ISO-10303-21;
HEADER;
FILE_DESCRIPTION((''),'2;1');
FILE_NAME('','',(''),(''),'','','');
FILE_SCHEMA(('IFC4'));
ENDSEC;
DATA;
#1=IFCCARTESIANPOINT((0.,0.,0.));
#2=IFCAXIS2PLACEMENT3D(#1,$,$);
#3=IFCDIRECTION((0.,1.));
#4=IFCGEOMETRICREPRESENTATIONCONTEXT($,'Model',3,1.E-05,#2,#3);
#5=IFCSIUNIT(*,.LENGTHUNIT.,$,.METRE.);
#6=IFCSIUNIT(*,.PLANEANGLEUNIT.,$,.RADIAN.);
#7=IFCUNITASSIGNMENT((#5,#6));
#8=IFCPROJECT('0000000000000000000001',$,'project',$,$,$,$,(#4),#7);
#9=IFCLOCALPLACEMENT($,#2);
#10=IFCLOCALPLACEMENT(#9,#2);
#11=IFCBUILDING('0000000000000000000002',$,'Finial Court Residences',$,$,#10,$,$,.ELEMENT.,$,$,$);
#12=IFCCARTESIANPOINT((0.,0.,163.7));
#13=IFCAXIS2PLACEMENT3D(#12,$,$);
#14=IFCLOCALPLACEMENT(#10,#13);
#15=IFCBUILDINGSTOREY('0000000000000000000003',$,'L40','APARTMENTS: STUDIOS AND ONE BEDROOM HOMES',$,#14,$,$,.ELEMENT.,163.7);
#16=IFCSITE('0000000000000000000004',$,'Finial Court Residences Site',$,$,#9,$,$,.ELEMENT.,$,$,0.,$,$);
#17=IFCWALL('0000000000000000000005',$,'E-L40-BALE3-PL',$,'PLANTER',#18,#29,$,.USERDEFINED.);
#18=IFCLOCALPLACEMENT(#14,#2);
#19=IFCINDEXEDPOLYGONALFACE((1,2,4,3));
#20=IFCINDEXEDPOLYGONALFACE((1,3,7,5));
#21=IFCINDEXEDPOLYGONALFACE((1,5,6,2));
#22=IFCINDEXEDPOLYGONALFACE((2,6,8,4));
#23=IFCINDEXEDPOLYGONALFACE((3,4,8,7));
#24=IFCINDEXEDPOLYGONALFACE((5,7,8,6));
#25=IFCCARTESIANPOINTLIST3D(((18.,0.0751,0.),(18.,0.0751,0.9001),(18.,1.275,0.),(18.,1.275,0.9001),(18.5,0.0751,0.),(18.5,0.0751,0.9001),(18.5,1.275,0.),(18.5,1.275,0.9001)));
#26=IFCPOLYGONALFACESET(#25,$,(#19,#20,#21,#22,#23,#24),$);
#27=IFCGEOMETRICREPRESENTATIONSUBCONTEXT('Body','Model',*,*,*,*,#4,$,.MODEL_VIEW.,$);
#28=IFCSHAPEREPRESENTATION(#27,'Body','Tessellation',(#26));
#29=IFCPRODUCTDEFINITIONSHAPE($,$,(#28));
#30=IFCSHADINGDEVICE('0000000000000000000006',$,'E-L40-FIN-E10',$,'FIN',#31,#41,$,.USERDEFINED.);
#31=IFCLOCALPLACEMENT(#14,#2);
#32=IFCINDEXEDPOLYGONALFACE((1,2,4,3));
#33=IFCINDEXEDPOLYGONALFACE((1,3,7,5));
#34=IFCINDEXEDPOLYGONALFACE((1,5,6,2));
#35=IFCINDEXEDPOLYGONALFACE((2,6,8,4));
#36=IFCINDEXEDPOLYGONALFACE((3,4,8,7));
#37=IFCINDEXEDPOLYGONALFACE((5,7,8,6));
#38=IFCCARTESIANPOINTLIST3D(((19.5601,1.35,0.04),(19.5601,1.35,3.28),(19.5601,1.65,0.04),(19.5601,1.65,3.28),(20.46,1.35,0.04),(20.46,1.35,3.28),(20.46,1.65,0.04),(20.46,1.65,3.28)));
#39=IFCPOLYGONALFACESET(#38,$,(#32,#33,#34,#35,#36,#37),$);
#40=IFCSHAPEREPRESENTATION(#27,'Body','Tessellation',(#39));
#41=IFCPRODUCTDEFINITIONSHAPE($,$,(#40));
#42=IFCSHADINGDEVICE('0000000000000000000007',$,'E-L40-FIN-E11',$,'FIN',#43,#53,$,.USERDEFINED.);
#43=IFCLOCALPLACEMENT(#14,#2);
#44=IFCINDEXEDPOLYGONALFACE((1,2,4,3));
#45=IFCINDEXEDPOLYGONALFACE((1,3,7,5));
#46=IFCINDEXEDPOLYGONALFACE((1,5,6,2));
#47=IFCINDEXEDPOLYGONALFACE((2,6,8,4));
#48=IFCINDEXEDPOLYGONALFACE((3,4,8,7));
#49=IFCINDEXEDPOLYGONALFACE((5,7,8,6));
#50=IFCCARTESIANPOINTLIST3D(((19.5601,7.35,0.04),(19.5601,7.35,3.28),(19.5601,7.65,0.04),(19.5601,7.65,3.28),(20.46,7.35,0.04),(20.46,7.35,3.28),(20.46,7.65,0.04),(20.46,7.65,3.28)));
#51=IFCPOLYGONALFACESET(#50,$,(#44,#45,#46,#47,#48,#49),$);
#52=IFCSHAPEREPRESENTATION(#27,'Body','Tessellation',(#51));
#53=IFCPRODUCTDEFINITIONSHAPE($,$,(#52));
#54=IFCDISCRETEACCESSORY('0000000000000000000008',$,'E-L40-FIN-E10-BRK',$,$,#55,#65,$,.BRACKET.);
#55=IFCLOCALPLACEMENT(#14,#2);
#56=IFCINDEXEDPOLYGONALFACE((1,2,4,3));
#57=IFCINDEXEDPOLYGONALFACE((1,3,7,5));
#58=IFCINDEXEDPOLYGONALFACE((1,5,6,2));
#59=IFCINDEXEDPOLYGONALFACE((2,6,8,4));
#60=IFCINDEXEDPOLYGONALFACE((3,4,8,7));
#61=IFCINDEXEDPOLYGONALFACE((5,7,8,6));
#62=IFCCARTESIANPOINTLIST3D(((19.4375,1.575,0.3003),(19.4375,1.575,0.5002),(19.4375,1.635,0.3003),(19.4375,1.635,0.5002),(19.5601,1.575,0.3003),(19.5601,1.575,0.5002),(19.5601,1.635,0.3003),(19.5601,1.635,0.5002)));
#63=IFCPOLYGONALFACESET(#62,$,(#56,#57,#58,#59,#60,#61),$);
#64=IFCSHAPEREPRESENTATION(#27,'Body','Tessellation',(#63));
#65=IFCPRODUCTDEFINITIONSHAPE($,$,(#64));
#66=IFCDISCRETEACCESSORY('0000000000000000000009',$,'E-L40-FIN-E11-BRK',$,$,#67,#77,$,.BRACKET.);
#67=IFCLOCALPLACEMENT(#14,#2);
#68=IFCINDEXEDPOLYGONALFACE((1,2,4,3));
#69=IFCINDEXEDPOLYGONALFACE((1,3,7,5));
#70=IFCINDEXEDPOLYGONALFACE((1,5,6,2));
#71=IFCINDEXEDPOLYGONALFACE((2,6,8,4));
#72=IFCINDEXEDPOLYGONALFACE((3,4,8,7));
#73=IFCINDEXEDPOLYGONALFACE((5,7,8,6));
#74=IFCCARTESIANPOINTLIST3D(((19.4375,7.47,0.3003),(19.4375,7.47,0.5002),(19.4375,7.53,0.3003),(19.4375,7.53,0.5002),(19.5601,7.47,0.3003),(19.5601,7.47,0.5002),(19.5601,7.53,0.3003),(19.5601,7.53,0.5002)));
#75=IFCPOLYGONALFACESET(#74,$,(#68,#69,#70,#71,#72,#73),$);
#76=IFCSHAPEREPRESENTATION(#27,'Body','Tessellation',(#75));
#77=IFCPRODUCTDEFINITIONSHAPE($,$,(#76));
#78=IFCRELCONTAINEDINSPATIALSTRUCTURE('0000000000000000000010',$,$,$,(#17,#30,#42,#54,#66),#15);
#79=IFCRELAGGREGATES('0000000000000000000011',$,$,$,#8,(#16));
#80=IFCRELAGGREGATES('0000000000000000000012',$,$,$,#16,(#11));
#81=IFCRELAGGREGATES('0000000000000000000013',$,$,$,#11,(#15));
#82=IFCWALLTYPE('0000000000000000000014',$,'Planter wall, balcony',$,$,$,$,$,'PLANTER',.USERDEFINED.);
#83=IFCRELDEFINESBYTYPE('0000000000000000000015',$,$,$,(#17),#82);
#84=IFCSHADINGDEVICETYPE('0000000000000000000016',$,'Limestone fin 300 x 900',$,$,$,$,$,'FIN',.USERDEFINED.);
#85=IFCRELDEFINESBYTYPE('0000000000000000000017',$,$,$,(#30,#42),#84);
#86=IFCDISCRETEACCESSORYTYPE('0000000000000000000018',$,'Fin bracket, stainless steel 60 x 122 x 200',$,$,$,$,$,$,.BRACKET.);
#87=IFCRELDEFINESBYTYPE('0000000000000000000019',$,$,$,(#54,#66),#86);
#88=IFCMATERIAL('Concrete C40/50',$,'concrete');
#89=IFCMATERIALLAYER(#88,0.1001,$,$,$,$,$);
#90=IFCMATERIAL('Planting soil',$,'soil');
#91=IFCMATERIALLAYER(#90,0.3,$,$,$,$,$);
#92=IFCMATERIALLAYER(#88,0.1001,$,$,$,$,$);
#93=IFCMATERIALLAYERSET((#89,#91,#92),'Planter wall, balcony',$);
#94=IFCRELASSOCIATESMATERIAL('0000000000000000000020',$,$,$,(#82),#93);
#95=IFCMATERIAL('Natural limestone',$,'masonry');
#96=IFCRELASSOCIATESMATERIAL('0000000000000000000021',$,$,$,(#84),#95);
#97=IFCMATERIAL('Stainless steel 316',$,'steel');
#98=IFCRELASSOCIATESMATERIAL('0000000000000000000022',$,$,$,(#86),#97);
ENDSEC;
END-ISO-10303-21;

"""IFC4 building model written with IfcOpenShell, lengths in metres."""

from ifc_helpers import new_model, si_unit, direction, frame, frame_2d, origin, origin_2d, place, context, subcontext, project, spatial, rectangle, extrude, material, layer, layer_set, type_object, element, save


model = new_model("IFC4")

# Units and contexts
model_context = context("Model", 3, precision=1e-05, world=origin(), true_north=direction((0.0, 1.0)))
body_context = subcontext(model_context, "Body", "Model", "MODEL_VIEW")
ifc_project = project(units=[si_unit("LENGTHUNIT", "METRE"), si_unit("PLANEANGLEUNIT", "RADIAN")], contexts=[model_context])

# Site, building, storey
site_placement = place(None, origin())
site = spatial("IfcSite", under=ifc_project, at=site_placement, Name="Finial Court Residences Site", CompositionType="ELEMENT", RefElevation=0.0)
building_placement = place(site_placement, origin())
building = spatial("IfcBuilding", under=site, at=building_placement, Name="Finial Court Residences", CompositionType="ELEMENT")
storey_placement = place(building_placement, frame((0.0, 0.0, 163.7)))
storey = spatial("IfcBuildingStorey", under=building, at=storey_placement, Name="L40", Description="APARTMENTS: STUDIOS AND ONE BEDROOM HOMES", CompositionType="ELEMENT", Elevation=163.7)

# Shared definitions
ifc_material_1 = material(Name="Natural limestone", Category="masonry")

# Wall
ifc_material_2 = material(Name="Concrete C40/50", Category="concrete")
ifc_layer_1 = layer(ifc_material_2, 0.1001)
ifc_material_3 = material(Name="Planting soil", Category="soil")
ifc_layer_2 = layer(ifc_material_3, 0.3)
ifc_layer_3 = layer(ifc_material_2, 0.1001)
ifc_layer_set_1 = layer_set([ifc_layer_1, ifc_layer_2, ifc_layer_3], Name="Planter wall, balcony")
wall_type_1 = type_object("IfcWallType", Name="Planter wall, balcony", ElementType="PLANTER", PredefinedType="USERDEFINED", material=ifc_layer_set_1)
wall_1_placement = place(storey_placement, frame((18.25, 0.075, 0.0), z_axis=(0.0, 0.0, 1.0), x_axis=(0.0, 1.0, 0.0)))
element("IfcWall", 1, at=wall_1_placement, inside=storey, type_object=wall_type_1, Name="E-L40-BALE3-PL", ObjectType="PLANTER", PredefinedType="USERDEFINED", context=body_context, shape_type="SweptSolid", body=[
    extrude(rectangle(XDim=1.2, YDim=0.5, at=frame_2d((0.6001, 0.0))), origin(), (0.0, 0.0, 1.0), 0.9001),
])

# Shading devices
shading_device_type = type_object("IfcShadingDeviceType", Name="Limestone fin 300 x 900", ElementType="FIN", PredefinedType="USERDEFINED", material=ifc_material_1)
for number, where, z_axis, x_axis, name in (
    (2, (20.01, 1.5, 0.04), (0.0, 0.0, 1.0), (1.0, 0.0, 0.0), "E-L40-FIN-E10"),
    (3, (20.01, 7.5, 0.04), (0.0, 0.0, 1.0), (1.0, 0.0, 0.0), "E-L40-FIN-E11"),
):
    element("IfcShadingDevice", number, at=place(storey_placement, frame(where, z_axis=z_axis, x_axis=x_axis)), inside=storey, type_object=shading_device_type, Name=name, ObjectType="FIN", PredefinedType="USERDEFINED", context=body_context, shape_type="SweptSolid", body=[
        extrude(rectangle(XDim=0.8999, YDim=0.3, at=origin_2d()), origin(), (0.0, 0.0, 1.0), 3.24),
    ])

# Discrete accessories
ifc_material_4 = material(Name="Stainless steel 316", Category="steel")
discrete_accessory_type = type_object("IfcDiscreteAccessoryType", Name="Fin bracket, stainless steel 60 x 122 x 200", PredefinedType="BRACKET", material=ifc_material_4)
for number, where, z_axis, x_axis, name in (
    (4, (19.4988, 1.605, 0.3003), (0.0, 0.0, 1.0), (1.0, 0.0, 0.0), "E-L40-FIN-E10-BRK"),
    (5, (19.4988, 7.5, 0.3003), (0.0, 0.0, 1.0), (1.0, 0.0, 0.0), "E-L40-FIN-E11-BRK"),
):
    element("IfcDiscreteAccessory", number, at=place(storey_placement, frame(where, z_axis=z_axis, x_axis=x_axis)), inside=storey, type_object=discrete_accessory_type, Name=name, PredefinedType="BRACKET", context=body_context, shape_type="SweptSolid", body=[
        extrude(rectangle(XDim=0.1226, YDim=0.0601, at=origin_2d()), origin(), (0.0, 0.0, 1.0), 0.2),
    ])

save(model, "model.ifc")
